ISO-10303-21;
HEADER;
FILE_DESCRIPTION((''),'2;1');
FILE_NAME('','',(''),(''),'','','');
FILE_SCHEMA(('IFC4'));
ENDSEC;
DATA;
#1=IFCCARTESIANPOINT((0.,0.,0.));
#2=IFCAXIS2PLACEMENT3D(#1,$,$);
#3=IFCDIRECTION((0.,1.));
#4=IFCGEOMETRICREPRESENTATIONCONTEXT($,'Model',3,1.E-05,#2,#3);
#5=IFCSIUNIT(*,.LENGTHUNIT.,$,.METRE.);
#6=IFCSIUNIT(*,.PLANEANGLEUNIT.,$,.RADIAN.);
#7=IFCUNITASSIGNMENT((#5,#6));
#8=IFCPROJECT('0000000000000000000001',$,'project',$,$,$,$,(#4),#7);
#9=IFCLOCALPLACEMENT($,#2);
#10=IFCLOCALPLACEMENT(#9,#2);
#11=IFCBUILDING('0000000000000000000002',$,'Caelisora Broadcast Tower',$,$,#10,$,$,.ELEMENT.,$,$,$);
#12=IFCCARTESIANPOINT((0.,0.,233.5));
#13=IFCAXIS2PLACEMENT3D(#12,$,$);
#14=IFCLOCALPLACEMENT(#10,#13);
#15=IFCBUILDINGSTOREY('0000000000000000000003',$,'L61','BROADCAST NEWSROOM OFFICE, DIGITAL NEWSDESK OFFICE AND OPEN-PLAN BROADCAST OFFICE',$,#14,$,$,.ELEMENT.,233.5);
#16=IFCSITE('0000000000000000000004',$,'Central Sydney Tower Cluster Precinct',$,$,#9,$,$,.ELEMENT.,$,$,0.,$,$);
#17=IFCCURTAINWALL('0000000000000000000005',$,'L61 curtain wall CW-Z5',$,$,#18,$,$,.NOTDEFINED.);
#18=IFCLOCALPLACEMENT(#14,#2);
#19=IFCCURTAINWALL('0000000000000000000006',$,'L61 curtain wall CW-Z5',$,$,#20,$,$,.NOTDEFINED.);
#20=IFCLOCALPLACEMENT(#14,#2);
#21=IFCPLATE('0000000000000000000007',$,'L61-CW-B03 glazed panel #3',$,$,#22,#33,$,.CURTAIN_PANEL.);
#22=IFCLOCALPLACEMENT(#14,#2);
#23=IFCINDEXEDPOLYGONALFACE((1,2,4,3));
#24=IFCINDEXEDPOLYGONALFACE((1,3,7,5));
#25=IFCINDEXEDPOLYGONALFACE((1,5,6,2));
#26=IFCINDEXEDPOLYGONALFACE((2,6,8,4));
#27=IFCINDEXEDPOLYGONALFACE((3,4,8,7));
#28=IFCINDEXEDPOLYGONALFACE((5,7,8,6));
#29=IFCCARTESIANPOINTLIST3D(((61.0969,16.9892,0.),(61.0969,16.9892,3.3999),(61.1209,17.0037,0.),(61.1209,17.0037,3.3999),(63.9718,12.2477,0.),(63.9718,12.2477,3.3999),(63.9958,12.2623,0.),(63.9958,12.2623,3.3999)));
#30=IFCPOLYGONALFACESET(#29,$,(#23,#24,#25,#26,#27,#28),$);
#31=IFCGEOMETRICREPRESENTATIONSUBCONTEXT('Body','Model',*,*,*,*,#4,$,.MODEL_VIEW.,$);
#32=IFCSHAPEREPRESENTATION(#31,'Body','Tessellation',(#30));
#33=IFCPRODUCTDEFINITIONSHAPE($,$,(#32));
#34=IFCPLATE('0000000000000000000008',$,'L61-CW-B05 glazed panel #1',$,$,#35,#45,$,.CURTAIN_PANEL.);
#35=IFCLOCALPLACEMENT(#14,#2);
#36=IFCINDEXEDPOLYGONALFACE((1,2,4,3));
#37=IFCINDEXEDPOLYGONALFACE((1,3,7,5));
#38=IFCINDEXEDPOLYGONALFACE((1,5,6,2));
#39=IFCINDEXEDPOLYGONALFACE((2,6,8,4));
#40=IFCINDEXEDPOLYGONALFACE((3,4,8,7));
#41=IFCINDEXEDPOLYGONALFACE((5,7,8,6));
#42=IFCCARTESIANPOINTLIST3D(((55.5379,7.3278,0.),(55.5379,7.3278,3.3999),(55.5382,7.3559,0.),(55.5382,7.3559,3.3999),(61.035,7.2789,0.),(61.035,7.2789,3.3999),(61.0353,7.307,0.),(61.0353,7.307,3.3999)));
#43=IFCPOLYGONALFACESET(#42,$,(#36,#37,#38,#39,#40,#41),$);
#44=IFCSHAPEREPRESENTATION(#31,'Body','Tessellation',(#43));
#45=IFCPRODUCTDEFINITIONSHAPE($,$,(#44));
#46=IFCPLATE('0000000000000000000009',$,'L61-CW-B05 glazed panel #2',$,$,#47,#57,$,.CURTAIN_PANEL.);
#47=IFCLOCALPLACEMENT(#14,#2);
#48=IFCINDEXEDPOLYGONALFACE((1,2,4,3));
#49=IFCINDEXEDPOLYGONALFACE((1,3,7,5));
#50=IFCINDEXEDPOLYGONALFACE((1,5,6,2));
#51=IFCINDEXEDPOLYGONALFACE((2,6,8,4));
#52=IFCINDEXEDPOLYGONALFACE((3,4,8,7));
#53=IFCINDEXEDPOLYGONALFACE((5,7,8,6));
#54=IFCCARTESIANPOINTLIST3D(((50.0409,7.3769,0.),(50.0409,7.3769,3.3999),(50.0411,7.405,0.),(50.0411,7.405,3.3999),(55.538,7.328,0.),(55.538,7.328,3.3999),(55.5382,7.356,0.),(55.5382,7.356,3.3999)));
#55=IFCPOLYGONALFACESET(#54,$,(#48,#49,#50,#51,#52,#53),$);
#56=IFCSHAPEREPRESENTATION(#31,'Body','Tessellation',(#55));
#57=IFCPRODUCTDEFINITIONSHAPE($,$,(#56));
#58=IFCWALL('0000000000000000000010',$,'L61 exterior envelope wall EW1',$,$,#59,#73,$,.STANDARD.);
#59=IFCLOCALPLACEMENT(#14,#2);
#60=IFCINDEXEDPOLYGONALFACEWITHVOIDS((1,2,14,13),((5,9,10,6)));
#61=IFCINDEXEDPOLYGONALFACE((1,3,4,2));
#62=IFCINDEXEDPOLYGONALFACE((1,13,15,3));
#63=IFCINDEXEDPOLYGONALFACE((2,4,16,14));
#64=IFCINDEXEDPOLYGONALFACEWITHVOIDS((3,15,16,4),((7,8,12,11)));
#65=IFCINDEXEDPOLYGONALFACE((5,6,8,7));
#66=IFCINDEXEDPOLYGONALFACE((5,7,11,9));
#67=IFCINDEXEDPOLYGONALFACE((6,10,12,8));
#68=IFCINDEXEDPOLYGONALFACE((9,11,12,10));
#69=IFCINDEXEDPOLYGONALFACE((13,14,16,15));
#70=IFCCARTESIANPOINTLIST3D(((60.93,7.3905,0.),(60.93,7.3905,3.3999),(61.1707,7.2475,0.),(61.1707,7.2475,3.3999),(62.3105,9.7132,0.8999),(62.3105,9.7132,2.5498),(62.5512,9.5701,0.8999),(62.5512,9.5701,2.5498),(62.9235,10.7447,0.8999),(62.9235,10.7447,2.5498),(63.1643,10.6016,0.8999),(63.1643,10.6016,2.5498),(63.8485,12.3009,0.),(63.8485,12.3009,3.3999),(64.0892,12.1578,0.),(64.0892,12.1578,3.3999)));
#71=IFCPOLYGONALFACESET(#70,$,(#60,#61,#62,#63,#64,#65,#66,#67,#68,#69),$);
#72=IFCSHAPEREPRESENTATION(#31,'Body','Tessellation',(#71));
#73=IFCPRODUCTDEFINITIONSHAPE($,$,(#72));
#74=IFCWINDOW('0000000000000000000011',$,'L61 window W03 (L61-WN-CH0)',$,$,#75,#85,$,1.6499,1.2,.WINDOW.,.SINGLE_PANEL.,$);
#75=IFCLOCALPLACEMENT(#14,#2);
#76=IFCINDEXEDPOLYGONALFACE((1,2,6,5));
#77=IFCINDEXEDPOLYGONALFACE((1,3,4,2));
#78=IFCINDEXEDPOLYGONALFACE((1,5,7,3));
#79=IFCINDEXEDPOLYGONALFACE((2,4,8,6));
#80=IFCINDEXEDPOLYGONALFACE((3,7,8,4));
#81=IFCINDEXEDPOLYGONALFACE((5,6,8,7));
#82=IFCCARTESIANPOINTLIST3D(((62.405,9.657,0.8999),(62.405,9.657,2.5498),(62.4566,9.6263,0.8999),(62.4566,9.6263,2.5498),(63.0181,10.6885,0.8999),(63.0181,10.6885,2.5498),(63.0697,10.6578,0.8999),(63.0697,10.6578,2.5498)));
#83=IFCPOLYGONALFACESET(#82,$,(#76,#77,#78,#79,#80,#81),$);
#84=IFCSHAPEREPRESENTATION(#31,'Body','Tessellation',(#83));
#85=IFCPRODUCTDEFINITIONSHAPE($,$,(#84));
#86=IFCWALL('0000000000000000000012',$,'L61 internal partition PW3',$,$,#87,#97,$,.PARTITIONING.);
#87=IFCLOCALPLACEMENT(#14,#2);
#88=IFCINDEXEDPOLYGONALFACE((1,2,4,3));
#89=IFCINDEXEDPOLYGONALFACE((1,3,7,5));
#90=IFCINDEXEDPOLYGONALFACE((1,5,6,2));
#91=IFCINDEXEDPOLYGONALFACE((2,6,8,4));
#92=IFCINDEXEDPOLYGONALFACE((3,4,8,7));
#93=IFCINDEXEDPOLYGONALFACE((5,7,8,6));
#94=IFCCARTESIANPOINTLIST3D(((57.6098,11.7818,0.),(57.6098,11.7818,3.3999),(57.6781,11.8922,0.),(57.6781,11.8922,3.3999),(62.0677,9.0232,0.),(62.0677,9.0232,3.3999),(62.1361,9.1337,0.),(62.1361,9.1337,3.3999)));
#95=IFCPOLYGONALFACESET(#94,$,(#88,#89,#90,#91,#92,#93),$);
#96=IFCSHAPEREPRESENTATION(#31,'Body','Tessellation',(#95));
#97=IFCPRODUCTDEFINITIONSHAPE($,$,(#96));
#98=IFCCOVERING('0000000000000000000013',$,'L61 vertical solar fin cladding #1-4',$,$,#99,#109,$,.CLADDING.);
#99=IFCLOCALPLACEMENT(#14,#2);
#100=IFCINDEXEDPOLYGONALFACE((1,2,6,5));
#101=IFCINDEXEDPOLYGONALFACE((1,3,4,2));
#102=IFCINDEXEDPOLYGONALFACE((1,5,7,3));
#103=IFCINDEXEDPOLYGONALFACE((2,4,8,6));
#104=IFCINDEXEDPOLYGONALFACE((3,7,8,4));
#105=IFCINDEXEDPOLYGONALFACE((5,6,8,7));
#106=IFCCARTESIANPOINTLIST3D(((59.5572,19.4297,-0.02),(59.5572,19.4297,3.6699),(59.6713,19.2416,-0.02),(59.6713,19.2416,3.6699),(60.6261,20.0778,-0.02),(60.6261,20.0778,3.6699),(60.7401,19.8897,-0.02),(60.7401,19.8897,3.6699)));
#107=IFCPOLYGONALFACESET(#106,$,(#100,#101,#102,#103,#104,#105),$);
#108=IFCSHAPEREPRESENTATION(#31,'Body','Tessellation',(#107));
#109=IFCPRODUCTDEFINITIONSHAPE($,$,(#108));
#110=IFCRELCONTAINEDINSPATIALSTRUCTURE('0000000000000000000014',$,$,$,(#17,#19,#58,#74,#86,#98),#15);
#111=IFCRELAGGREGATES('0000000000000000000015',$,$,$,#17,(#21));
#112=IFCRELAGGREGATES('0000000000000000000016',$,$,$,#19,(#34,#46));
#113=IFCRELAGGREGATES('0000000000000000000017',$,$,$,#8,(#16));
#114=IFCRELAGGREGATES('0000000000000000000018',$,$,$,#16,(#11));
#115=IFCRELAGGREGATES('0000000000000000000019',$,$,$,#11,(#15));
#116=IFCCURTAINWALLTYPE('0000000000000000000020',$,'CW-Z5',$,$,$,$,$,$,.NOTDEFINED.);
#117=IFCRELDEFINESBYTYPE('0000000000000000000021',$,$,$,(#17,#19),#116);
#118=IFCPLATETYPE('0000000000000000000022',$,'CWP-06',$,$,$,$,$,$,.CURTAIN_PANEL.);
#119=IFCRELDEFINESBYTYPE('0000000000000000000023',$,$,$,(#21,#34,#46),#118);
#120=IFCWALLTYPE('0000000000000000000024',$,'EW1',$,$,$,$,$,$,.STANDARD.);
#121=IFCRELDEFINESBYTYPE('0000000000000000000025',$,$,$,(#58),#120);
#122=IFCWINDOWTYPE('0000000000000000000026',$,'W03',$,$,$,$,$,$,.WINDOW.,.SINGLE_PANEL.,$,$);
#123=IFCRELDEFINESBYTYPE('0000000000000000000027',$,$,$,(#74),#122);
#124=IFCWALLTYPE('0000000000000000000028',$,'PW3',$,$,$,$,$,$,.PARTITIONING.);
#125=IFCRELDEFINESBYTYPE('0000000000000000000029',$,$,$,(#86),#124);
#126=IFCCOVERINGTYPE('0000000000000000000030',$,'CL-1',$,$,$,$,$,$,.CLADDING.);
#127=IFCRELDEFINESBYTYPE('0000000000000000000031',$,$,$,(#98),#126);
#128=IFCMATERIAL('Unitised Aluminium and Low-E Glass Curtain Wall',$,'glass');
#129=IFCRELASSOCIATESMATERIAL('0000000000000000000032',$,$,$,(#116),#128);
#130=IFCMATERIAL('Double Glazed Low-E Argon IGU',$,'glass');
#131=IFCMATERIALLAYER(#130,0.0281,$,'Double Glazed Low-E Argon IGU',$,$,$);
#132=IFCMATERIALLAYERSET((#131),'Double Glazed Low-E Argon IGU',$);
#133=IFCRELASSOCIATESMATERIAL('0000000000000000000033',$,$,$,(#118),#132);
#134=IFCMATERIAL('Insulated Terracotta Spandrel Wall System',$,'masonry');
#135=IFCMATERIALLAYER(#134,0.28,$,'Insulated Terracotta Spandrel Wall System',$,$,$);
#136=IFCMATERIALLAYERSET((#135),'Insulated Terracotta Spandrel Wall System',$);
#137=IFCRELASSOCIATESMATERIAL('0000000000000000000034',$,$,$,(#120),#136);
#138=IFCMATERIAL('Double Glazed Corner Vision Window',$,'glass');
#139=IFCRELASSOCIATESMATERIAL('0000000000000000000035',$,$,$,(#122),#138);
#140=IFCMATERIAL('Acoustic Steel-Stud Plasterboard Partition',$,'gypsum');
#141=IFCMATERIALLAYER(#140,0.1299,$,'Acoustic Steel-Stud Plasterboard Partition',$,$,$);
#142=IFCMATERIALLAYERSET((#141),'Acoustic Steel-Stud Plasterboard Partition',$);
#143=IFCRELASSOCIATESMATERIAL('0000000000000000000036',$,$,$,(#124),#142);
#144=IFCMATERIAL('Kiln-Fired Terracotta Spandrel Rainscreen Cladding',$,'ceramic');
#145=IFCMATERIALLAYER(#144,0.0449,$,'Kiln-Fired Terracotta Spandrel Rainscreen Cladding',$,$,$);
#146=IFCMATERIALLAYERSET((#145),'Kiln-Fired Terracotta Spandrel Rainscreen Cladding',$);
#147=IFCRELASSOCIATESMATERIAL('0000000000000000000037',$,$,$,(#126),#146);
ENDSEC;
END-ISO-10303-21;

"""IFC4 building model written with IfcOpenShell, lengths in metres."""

from ifc_helpers import new_model, si_unit, direction, frame, frame_2d, origin, origin_2d, place, context, subcontext, project, spatial, rectangle, extrude, source, transform, mapped, material, layer, layer_set, type_object, type_shapes, element, fill, aggregate, save


model = new_model("IFC4")

# Units and contexts
model_context = context("Model", 3, precision=1e-05, world=origin(), true_north=direction((0.0, 1.0)))
body_context = subcontext(model_context, "Body", "Model", "MODEL_VIEW")
ifc_project = project(units=[si_unit("LENGTHUNIT", "METRE"), si_unit("PLANEANGLEUNIT", "RADIAN")], contexts=[model_context])

# Site, building, storey
site_placement = place(None, origin())
site = spatial("IfcSite", under=ifc_project, at=site_placement, Name="Central Sydney Tower Cluster Precinct", CompositionType="ELEMENT", RefElevation=0.0)
building_placement = place(site_placement, origin())
building = spatial("IfcBuilding", under=site, at=building_placement, Name="Caelisora Broadcast Tower", CompositionType="ELEMENT")
storey_placement = place(building_placement, frame((0.0, 0.0, 233.5)))
storey = spatial("IfcBuildingStorey", under=building, at=storey_placement, Name="L61", Description="BROADCAST NEWSROOM OFFICE, DIGITAL NEWSDESK OFFICE AND OPEN-PLAN BROADCAST OFFICE", CompositionType="ELEMENT", Elevation=233.5)

# Curtain walls
ifc_material_1 = material(Name="Unitised Aluminium and Low-E Glass Curtain Wall", Category="glass")
curtain_wall_type = type_object("IfcCurtainWallType", Name="CW-Z5", PredefinedType="NOTDEFINED", material=ifc_material_1)
curtain_wall_1_placement = place(storey_placement, origin())
curtain_wall_1 = element("IfcCurtainWall", 1, at=curtain_wall_1_placement, inside=storey, type_object=curtain_wall_type, Name="L61 curtain wall CW-Z5", PredefinedType="NOTDEFINED")
curtain_wall_2_placement = place(storey_placement, origin())
curtain_wall_2 = element("IfcCurtainWall", 2, at=curtain_wall_2_placement, inside=storey, type_object=curtain_wall_type, Name="L61 curtain wall CW-Z5", PredefinedType="NOTDEFINED")

# Plates
ifc_material_2 = material(Name="Double Glazed Low-E Argon IGU", Category="glass")
ifc_layer_1 = layer(ifc_material_2, 0.0281, Name="Double Glazed Low-E Argon IGU")
ifc_layer_set_1 = layer_set([ifc_layer_1], Name="Double Glazed Low-E Argon IGU")
plate_type_1 = type_object("IfcPlateType", Name="CWP-06", PredefinedType="CURTAIN_PANEL", material=ifc_layer_set_1)
shared_shape_1 = source(origin(), body_context, "Body", "SweptSolid", [
    extrude(rectangle(XDim=5.5449, YDim=0.0281, at=origin_2d()), origin(), (0.0, 0.0, 1.0), 3.3999),
])
plate_1_placement = place(storey_placement, frame((62.5464, 14.6257, 0.0), z_axis=(0.0, 0.0, 1.0), x_axis=(0.518475, -0.855093, 0.0)))
plate_1 = element("IfcPlate", 3, at=plate_1_placement, type_object=plate_type_1, Name="L61-CW-B03 glazed panel #3", PredefinedType="CURTAIN_PANEL", context=body_context, shape_type="MappedRepresentation", body=[
    mapped(shared_shape_1, transform((0.0, 0.0, 0.0), scale=1.0)),
])
aggregate(curtain_wall_1, [plate_1])
shared_shape_2 = source(origin(), body_context, "Body", "SweptSolid", [
    extrude(rectangle(XDim=5.4973, YDim=0.0281, at=origin_2d()), origin(), (0.0, 0.0, 1.0), 3.3999),
])
type_shapes(plate_type_1, [shared_shape_1, shared_shape_2])
plate_2_placement = place(storey_placement, frame((58.2866, 7.3174, 0.0), z_axis=(0.0, 0.0, 1.0), x_axis=(-0.99996, 0.008901, 0.0)))
plate_2 = element("IfcPlate", 4, at=plate_2_placement, type_object=plate_type_1, Name="L61-CW-B05 glazed panel #1", PredefinedType="CURTAIN_PANEL", context=body_context, shape_type="MappedRepresentation", body=[
    mapped(shared_shape_2, transform((0.0, 0.0, 0.0), scale=1.0)),
])
plate_3_placement = place(storey_placement, frame((52.7896, 7.3665, 0.0), z_axis=(0.0, 0.0, 1.0), x_axis=(-0.99996, 0.008901, 0.0)))
plate_3 = element("IfcPlate", 5, at=plate_3_placement, type_object=plate_type_1, Name="L61-CW-B05 glazed panel #2", PredefinedType="CURTAIN_PANEL", context=body_context, shape_type="MappedRepresentation", body=[
    mapped(shared_shape_2, transform((0.0, 0.0, 0.0), scale=1.0)),
])
aggregate(curtain_wall_2, [plate_2, plate_3])

# Wall, opening, window
ifc_material_3 = material(Name="Insulated Terracotta Spandrel Wall System", Category="masonry")
ifc_layer_2 = layer(ifc_material_3, 0.28, Name="Insulated Terracotta Spandrel Wall System")
ifc_layer_set_2 = layer_set([ifc_layer_2], Name="Insulated Terracotta Spandrel Wall System")
wall_type_1 = type_object("IfcWallType", Name="EW1", PredefinedType="STANDARD", material=ifc_layer_set_2)
wall_1_placement = place(storey_placement, frame((63.9688, 12.2292, 0.0), z_axis=(0.0, 0.0, 1.0), x_axis=(-0.510915, -0.859631, 0.0)))
wall_1 = element("IfcWall", 6, at=wall_1_placement, inside=storey, type_object=wall_type_1, Name="L61 exterior envelope wall EW1", PredefinedType="STANDARD", context=body_context, shape_type="SweptSolid", body=[
    extrude(rectangle(XDim=5.7122, YDim=0.28, at=frame_2d((2.856, 0.0))), origin(), (0.0, 0.0, 1.0), 3.3999),
])
opening_placement = place(wall_1_placement, frame((1.8101, 0.0, 0.8999)))
opening = element("IfcOpeningElement", 7, at=opening_placement, cuts=wall_1, PredefinedType="OPENING", context=body_context, shape_type="SweptSolid", body=[
    extrude(rectangle(XDim=1.2, YDim=1.6499, at=frame_2d((0.6001, 0.825))), frame((0.0, 0.1521, 0.0), z_axis=(0.0, -1.0, 0.0), x_axis=(1.0, 0.0, 0.0)), (0.0, 0.0, 1.0), 0.304),
])
ifc_material_4 = material(Name="Double Glazed Corner Vision Window", Category="glass")
window_type = type_object("IfcWindowType", Name="W03", PartitioningType="SINGLE_PANEL", PredefinedType="WINDOW", material=ifc_material_4)
window_placement = place(opening_placement, origin())
window = element("IfcWindow", 8, at=window_placement, inside=storey, type_object=window_type, Name="L61 window W03 (L61-WN-CH0)", OverallHeight=1.6499, OverallWidth=1.2, PartitioningType="SINGLE_PANEL", PredefinedType="WINDOW", context=body_context, shape_type="SweptSolid", body=[
    extrude(rectangle(XDim=1.2, YDim=1.6499, at=frame_2d((0.6001, 0.825))), frame((0.0, 0.03, 0.0), z_axis=(0.0, -1.0, 0.0), x_axis=(1.0, 0.0, 0.0)), (0.0, 0.0, 1.0), 0.0601),
])
fill(opening, window)

# Wall
ifc_material_5 = material(Name="Acoustic Steel-Stud Plasterboard Partition", Category="gypsum")
ifc_layer_3 = layer(ifc_material_5, 0.1299, Name="Acoustic Steel-Stud Plasterboard Partition")
ifc_layer_set_3 = layer_set([ifc_layer_3], Name="Acoustic Steel-Stud Plasterboard Partition")
wall_type_2 = type_object("IfcWallType", Name="PW3", PredefinedType="PARTITIONING", material=ifc_layer_set_3)
wall_2_placement = place(storey_placement, frame((57.644, 11.8369, 0.0), z_axis=(0.0, 0.0, 1.0), x_axis=(0.850365, -0.526193, 0.0)))
element("IfcWall", 9, at=wall_2_placement, inside=storey, type_object=wall_type_2, Name="L61 internal partition PW3", PredefinedType="PARTITIONING", context=body_context, shape_type="SweptSolid", body=[
    extrude(rectangle(XDim=5.2424, YDim=0.1299, at=frame_2d((2.6211, 0.0))), origin(), (0.0, 0.0, 1.0), 3.3999),
])

# Covering
ifc_material_6 = material(Name="Kiln-Fired Terracotta Spandrel Rainscreen Cladding", Category="ceramic")
ifc_layer_4 = layer(ifc_material_6, 0.0449, Name="Kiln-Fired Terracotta Spandrel Rainscreen Cladding")
ifc_layer_set_4 = layer_set([ifc_layer_4], Name="Kiln-Fired Terracotta Spandrel Rainscreen Cladding")
covering_type = type_object("IfcCoveringType", Name="CL-1", PredefinedType="CLADDING", material=ifc_layer_set_4)
shared_shape_3 = source(origin(), body_context, "Body", "SweptSolid", [
    extrude(rectangle(XDim=0.22, YDim=1.25, at=origin_2d()), origin(), (0.0, 0.0, 1.0), 3.6899),
])
type_shapes(covering_type, [shared_shape_3])
covering_placement = place(storey_placement, frame((60.1487, 19.6597, -0.02), z_axis=(0.0, 0.0, 1.0), x_axis=(0.518475, -0.855093, 0.0)))
element("IfcCovering", 10, at=covering_placement, inside=storey, type_object=covering_type, Name="L61 vertical solar fin cladding #1-4", PredefinedType="CLADDING", context=body_context, shape_type="MappedRepresentation", body=[
    mapped(shared_shape_3, transform((0.0, 0.0, 0.0), scale=1.0)),
])

save(model, "model.ifc")
